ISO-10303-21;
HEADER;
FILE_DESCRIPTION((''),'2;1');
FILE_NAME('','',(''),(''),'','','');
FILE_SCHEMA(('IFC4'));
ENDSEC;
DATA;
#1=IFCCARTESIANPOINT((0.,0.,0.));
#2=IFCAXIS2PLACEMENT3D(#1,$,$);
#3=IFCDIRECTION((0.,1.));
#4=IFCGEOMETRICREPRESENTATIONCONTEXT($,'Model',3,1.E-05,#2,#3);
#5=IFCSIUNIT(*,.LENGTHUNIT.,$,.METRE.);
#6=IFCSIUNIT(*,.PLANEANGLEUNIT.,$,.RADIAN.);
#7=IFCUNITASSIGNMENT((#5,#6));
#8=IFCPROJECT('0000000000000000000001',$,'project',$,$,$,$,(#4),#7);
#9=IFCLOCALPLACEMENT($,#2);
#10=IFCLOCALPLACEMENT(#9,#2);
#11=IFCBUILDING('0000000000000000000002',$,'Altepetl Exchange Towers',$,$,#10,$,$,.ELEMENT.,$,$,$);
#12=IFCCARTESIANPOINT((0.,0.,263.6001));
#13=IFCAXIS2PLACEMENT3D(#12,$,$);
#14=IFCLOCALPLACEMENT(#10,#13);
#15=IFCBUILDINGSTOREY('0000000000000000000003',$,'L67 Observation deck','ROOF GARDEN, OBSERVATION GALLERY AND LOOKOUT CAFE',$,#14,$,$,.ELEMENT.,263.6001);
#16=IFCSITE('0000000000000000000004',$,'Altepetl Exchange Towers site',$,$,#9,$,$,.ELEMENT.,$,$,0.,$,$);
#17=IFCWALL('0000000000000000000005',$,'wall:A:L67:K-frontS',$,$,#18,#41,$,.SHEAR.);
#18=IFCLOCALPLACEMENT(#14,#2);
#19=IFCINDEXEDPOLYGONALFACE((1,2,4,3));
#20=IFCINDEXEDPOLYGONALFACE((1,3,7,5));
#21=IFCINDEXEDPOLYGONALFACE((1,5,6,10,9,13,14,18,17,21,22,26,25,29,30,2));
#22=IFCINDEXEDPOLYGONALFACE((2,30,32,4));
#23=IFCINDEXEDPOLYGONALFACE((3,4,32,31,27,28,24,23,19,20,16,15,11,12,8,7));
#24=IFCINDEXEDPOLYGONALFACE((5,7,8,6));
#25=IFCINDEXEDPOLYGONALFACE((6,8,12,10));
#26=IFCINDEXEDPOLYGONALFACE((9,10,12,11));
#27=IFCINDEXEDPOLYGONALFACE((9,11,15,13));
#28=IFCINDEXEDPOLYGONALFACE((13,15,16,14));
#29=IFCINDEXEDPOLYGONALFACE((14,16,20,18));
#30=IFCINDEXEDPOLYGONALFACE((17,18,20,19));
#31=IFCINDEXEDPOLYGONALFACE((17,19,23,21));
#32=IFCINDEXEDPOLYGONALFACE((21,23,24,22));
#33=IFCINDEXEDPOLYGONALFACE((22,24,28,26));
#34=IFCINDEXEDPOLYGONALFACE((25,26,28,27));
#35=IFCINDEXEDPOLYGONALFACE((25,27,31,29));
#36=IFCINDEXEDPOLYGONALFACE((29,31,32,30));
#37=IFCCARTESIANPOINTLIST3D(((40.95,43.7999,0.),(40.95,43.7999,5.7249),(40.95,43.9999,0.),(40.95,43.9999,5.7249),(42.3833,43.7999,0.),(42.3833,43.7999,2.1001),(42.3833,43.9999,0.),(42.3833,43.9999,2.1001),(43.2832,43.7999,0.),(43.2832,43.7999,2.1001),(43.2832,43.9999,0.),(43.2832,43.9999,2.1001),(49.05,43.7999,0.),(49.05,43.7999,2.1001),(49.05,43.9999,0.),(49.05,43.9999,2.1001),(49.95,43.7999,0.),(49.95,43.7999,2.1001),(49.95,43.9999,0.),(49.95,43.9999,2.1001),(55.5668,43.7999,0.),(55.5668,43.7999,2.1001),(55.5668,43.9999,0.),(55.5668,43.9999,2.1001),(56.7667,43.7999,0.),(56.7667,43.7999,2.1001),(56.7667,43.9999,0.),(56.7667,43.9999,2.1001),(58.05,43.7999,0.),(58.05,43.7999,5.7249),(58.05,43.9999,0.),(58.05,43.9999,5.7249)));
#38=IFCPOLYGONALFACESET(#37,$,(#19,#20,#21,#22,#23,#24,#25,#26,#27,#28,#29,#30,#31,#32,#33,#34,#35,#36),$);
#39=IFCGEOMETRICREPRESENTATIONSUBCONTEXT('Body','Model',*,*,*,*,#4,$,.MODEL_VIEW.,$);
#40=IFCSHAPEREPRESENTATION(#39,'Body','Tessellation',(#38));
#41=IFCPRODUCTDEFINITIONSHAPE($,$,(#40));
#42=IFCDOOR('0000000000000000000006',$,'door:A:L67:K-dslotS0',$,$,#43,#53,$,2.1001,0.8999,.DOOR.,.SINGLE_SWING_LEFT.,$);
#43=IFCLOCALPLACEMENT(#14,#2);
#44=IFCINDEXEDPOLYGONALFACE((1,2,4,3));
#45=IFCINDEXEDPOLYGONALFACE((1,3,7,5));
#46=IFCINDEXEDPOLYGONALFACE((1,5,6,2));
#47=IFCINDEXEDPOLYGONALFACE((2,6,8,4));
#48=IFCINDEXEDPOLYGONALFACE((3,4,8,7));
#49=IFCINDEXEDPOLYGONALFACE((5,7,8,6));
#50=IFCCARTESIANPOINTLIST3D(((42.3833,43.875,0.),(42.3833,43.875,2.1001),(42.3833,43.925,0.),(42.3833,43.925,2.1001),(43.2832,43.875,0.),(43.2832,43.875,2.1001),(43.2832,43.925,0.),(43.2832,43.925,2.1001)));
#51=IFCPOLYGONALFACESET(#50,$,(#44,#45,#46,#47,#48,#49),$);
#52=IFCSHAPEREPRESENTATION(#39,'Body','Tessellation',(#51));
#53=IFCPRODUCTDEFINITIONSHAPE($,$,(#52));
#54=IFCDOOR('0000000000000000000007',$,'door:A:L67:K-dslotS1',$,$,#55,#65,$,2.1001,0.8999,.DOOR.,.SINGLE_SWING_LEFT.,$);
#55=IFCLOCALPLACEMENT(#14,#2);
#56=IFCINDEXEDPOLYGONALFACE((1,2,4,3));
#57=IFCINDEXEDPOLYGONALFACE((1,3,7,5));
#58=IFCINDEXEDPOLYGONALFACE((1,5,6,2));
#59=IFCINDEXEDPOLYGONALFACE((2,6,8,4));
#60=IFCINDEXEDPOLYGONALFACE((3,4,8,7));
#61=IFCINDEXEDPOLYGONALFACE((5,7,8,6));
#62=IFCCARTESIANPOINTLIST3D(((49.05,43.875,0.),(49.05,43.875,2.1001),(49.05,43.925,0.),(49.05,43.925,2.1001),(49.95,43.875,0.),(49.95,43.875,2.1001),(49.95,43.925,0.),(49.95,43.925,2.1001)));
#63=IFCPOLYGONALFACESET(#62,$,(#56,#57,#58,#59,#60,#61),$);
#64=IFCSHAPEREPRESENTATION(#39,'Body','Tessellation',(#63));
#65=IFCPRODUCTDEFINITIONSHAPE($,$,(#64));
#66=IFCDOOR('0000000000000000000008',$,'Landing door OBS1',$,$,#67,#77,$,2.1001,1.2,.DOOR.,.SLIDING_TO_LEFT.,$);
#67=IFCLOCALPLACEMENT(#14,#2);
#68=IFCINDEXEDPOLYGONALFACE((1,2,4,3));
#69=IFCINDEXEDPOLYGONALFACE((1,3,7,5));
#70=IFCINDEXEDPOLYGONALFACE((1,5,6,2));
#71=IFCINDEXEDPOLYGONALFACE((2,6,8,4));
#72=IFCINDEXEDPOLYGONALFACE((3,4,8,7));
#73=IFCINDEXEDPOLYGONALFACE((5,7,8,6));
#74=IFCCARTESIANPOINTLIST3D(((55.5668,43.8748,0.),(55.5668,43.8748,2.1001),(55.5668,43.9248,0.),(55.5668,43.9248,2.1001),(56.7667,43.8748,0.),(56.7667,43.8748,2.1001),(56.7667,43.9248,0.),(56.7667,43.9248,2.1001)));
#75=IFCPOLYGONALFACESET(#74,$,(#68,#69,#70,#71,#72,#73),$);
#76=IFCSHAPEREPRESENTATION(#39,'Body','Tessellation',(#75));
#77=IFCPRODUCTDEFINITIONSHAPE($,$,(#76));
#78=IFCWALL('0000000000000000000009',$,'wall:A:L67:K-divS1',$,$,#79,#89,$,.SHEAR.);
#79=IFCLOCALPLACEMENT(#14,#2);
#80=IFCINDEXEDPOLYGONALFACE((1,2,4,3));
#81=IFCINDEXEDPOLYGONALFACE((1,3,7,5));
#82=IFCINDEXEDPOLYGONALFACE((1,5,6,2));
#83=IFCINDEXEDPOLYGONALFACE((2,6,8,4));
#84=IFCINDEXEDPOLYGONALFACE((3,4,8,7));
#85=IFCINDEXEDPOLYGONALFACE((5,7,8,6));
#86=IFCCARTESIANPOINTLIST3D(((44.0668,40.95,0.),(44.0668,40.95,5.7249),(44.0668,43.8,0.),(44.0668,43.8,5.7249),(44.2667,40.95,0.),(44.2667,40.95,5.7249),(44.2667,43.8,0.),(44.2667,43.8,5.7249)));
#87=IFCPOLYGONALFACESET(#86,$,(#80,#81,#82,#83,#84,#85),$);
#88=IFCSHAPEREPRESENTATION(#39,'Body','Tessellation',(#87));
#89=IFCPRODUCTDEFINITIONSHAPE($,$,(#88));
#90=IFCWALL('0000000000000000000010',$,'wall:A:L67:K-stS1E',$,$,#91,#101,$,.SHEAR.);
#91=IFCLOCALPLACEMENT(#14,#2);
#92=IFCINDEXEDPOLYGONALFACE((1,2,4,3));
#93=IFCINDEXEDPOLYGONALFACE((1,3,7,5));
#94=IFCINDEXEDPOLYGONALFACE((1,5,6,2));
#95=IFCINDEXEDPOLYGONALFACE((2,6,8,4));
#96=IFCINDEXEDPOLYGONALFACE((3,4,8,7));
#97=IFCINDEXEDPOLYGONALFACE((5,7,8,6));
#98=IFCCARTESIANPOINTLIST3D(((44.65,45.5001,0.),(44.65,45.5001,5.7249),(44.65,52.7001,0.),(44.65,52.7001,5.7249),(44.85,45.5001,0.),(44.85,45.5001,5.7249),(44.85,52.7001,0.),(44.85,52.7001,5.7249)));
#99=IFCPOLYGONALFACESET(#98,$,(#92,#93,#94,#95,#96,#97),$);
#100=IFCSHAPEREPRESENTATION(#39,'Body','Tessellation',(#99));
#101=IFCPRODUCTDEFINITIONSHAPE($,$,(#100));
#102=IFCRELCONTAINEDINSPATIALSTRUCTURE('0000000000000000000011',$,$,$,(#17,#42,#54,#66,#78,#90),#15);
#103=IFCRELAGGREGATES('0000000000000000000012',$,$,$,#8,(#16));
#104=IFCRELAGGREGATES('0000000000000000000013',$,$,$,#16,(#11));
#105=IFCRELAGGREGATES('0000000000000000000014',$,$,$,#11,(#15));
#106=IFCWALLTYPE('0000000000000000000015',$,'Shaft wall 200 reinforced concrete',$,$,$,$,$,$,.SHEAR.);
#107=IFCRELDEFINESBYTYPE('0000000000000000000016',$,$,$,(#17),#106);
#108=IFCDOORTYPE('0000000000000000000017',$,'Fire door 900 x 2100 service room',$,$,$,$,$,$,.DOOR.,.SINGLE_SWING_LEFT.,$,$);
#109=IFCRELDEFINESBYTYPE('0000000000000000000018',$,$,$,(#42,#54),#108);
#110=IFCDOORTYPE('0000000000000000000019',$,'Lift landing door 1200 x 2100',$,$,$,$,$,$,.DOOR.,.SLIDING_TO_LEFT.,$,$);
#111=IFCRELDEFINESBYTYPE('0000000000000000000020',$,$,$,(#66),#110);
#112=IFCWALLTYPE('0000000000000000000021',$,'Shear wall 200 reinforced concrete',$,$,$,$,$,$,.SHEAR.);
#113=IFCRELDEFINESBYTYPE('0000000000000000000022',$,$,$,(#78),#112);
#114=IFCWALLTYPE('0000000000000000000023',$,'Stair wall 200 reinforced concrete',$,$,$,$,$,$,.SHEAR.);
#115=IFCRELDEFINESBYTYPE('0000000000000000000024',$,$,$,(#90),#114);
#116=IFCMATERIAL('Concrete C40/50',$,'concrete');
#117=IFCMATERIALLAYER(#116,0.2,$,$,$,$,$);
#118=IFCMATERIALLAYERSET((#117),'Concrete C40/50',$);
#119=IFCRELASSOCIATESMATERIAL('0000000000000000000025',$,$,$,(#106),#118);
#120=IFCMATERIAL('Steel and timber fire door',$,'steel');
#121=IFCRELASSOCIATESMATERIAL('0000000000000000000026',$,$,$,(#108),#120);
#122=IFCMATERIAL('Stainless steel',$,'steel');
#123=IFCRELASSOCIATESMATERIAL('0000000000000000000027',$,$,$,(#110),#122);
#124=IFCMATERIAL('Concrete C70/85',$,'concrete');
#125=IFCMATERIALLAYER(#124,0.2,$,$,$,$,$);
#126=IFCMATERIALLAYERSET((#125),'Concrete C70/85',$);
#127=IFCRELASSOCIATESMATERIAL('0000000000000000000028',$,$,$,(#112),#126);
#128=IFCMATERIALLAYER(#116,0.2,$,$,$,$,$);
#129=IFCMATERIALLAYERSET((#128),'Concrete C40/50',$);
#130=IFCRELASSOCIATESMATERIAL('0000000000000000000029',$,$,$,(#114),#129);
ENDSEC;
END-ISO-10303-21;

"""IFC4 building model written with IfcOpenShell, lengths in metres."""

from ifc_helpers import new_model, si_unit, direction, frame, frame_2d, origin, place, context, subcontext, project, spatial, rectangle, extrude, material, layer, layer_set, type_object, element, fill, save


model = new_model("IFC4")

# Units and contexts
model_context = context("Model", 3, precision=1e-05, world=origin(), true_north=direction((0.0, 1.0)))
body_context = subcontext(model_context, "Body", "Model", "MODEL_VIEW")
ifc_project = project(units=[si_unit("LENGTHUNIT", "METRE"), si_unit("PLANEANGLEUNIT", "RADIAN")], contexts=[model_context])

# Site, building, storey
site_placement = place(None, origin())
site = spatial("IfcSite", under=ifc_project, at=site_placement, Name="Altepetl Exchange Towers site", CompositionType="ELEMENT", RefElevation=0.0)
building_placement = place(site_placement, origin())
building = spatial("IfcBuilding", under=site, at=building_placement, Name="Altepetl Exchange Towers", CompositionType="ELEMENT")
storey_placement = place(building_placement, frame((0.0, 0.0, 263.6001)))
storey = spatial("IfcBuildingStorey", under=building, at=storey_placement, Name="L67 Observation deck", Description="ROOF GARDEN, OBSERVATION GALLERY AND LOOKOUT CAFE", CompositionType="ELEMENT", Elevation=263.6001)

# Shared definitions
ifc_material_1 = material(Name="Concrete C70/85", Category="concrete")

# Shared definitions
ifc_material_2 = material(Name="Steel and timber fire door", Category="steel")

# Wall, openings, doors
ifc_material_3 = material(Name="Concrete C40/50", Category="concrete")
ifc_layer_1 = layer(ifc_material_3, 0.2)
ifc_layer_set_1 = layer_set([ifc_layer_1], Name="Concrete C40/50")
wall_type_1 = type_object("IfcWallType", Name="Shaft wall 200 reinforced concrete", PredefinedType="SHEAR", material=ifc_layer_set_1)
wall_1_placement = place(storey_placement, frame((40.95, 43.8999, 0.0)))
wall_1 = element("IfcWall", 1, at=wall_1_placement, inside=storey, type_object=wall_type_1, Name="wall:A:L67:K-frontS", PredefinedType="SHEAR", context=body_context, shape_type="SweptSolid", body=[
    extrude(rectangle(XDim=17.1001, YDim=0.2, at=frame_2d((8.55, 0.0))), origin(), (0.0, 0.0, 1.0), 5.7249),
])
opening_1_placement = place(wall_1_placement, frame((1.4333, 0.0, 0.0)))
opening_1 = element("IfcOpeningElement", 2, at=opening_1_placement, cuts=wall_1, PredefinedType="OPENING", context=body_context, shape_type="SweptSolid", body=[
    extrude(rectangle(XDim=0.8999, YDim=2.1001, at=frame_2d((0.45, 1.05))), frame((0.0, 0.1099, 0.0), z_axis=(0.0, -1.0, 0.0), x_axis=(1.0, 0.0, 0.0)), (0.0, 0.0, 1.0), 0.22),
])
opening_2_placement = place(wall_1_placement, frame((8.1001, 0.0, 0.0)))
opening_2 = element("IfcOpeningElement", 3, at=opening_2_placement, cuts=wall_1, PredefinedType="OPENING", context=body_context, shape_type="SweptSolid", body=[
    extrude(rectangle(XDim=0.8999, YDim=2.1001, at=frame_2d((0.45, 1.05))), frame((0.0, 0.1099, 0.0), z_axis=(0.0, -1.0, 0.0), x_axis=(1.0, 0.0, 0.0)), (0.0, 0.0, 1.0), 0.22),
])
opening_3_placement = place(wall_1_placement, frame((14.6167, 0.0, 0.0)))
opening_3 = element("IfcOpeningElement", 4, at=opening_3_placement, cuts=wall_1, PredefinedType="OPENING", context=body_context, shape_type="SweptSolid", body=[
    extrude(rectangle(XDim=1.2, YDim=2.1001, at=frame_2d((0.6001, 1.05))), frame((0.0, 0.1099, 0.0), z_axis=(0.0, -1.0, 0.0), x_axis=(1.0, 0.0, 0.0)), (0.0, 0.0, 1.0), 0.22),
])
door_type_1 = type_object("IfcDoorType", Name="Fire door 900 x 2100 service room", OperationType="SINGLE_SWING_LEFT", PredefinedType="DOOR", material=ifc_material_2)
door_1_placement = place(opening_1_placement, frame((0.8999, 0.0, 0.0), x_axis=(-1.0, 0.0, 0.0)))
door_1 = element("IfcDoor", 5, at=door_1_placement, inside=storey, type_object=door_type_1, Name="door:A:L67:K-dslotS0", OperationType="SINGLE_SWING_LEFT", OverallHeight=2.1001, OverallWidth=0.8999, PredefinedType="DOOR", context=body_context, shape_type="SweptSolid", body=[
    extrude(rectangle(XDim=0.8999, YDim=2.1001, at=frame_2d((0.45, 1.05))), frame((0.0, 0.0249, 0.0), z_axis=(0.0, -1.0, 0.0), x_axis=(1.0, 0.0, 0.0)), (0.0, 0.0, 1.0), 0.05),
])
fill(opening_1, door_1)
door_2_placement = place(opening_2_placement, frame((0.8999, 0.0, 0.0), x_axis=(-1.0, 0.0, 0.0)))
door_2 = element("IfcDoor", 6, at=door_2_placement, inside=storey, type_object=door_type_1, Name="door:A:L67:K-dslotS1", OperationType="SINGLE_SWING_LEFT", OverallHeight=2.1001, OverallWidth=0.8999, PredefinedType="DOOR", context=body_context, shape_type="SweptSolid", body=[
    extrude(rectangle(XDim=0.8999, YDim=2.1001, at=frame_2d((0.45, 1.05))), frame((0.0, 0.0249, 0.0), z_axis=(0.0, -1.0, 0.0), x_axis=(1.0, 0.0, 0.0)), (0.0, 0.0, 1.0), 0.05),
])
fill(opening_2, door_2)
ifc_material_4 = material(Name="Stainless steel", Category="steel")
door_type_2 = type_object("IfcDoorType", Name="Lift landing door 1200 x 2100", OperationType="SLIDING_TO_LEFT", PredefinedType="DOOR", material=ifc_material_4)
door_3_placement = place(opening_3_placement, origin())
door_3 = element("IfcDoor", 7, at=door_3_placement, inside=storey, type_object=door_type_2, Name="Landing door OBS1", OperationType="SLIDING_TO_LEFT", OverallHeight=2.1001, OverallWidth=1.2, PredefinedType="DOOR", context=body_context, shape_type="SweptSolid", body=[
    extrude(rectangle(XDim=1.2, YDim=2.1001, at=frame_2d((0.6001, 1.05))), frame((0.0, 0.0249, 0.0), z_axis=(0.0, -1.0, 0.0), x_axis=(1.0, 0.0, 0.0)), (0.0, 0.0, 1.0), 0.05),
])
fill(opening_3, door_3)

# Walls
ifc_layer_2 = layer(ifc_material_1, 0.2)
ifc_layer_set_2 = layer_set([ifc_layer_2], Name="Concrete C70/85")
wall_type_2 = type_object("IfcWallType", Name="Shear wall 200 reinforced concrete", PredefinedType="SHEAR", material=ifc_layer_set_2)
wall_2_placement = place(storey_placement, frame((44.1667, 40.95, 0.0), z_axis=(0.0, 0.0, 1.0), x_axis=(0.0, 1.0, 0.0)))
element("IfcWall", 8, at=wall_2_placement, inside=storey, type_object=wall_type_2, Name="wall:A:L67:K-divS1", PredefinedType="SHEAR", context=body_context, shape_type="SweptSolid", body=[
    extrude(rectangle(XDim=2.8501, YDim=0.2, at=frame_2d((1.425, 0.0))), origin(), (0.0, 0.0, 1.0), 5.7249),
])
ifc_layer_3 = layer(ifc_material_3, 0.2)
ifc_layer_set_3 = layer_set([ifc_layer_3], Name="Concrete C40/50")
wall_type_3 = type_object("IfcWallType", Name="Stair wall 200 reinforced concrete", PredefinedType="SHEAR", material=ifc_layer_set_3)
wall_3_placement = place(storey_placement, frame((44.75, 45.5, 0.0), z_axis=(0.0, 0.0, 1.0), x_axis=(0.0, 1.0, 0.0)))
element("IfcWall", 9, at=wall_3_placement, inside=storey, type_object=wall_type_3, Name="wall:A:L67:K-stS1E", PredefinedType="SHEAR", context=body_context, shape_type="SweptSolid", body=[
    extrude(rectangle(XDim=7.2, YDim=0.2, at=frame_2d((3.6001, 0.0))), origin(), (0.0, 0.0, 1.0), 5.7249),
])

save(model, "model.ifc")
